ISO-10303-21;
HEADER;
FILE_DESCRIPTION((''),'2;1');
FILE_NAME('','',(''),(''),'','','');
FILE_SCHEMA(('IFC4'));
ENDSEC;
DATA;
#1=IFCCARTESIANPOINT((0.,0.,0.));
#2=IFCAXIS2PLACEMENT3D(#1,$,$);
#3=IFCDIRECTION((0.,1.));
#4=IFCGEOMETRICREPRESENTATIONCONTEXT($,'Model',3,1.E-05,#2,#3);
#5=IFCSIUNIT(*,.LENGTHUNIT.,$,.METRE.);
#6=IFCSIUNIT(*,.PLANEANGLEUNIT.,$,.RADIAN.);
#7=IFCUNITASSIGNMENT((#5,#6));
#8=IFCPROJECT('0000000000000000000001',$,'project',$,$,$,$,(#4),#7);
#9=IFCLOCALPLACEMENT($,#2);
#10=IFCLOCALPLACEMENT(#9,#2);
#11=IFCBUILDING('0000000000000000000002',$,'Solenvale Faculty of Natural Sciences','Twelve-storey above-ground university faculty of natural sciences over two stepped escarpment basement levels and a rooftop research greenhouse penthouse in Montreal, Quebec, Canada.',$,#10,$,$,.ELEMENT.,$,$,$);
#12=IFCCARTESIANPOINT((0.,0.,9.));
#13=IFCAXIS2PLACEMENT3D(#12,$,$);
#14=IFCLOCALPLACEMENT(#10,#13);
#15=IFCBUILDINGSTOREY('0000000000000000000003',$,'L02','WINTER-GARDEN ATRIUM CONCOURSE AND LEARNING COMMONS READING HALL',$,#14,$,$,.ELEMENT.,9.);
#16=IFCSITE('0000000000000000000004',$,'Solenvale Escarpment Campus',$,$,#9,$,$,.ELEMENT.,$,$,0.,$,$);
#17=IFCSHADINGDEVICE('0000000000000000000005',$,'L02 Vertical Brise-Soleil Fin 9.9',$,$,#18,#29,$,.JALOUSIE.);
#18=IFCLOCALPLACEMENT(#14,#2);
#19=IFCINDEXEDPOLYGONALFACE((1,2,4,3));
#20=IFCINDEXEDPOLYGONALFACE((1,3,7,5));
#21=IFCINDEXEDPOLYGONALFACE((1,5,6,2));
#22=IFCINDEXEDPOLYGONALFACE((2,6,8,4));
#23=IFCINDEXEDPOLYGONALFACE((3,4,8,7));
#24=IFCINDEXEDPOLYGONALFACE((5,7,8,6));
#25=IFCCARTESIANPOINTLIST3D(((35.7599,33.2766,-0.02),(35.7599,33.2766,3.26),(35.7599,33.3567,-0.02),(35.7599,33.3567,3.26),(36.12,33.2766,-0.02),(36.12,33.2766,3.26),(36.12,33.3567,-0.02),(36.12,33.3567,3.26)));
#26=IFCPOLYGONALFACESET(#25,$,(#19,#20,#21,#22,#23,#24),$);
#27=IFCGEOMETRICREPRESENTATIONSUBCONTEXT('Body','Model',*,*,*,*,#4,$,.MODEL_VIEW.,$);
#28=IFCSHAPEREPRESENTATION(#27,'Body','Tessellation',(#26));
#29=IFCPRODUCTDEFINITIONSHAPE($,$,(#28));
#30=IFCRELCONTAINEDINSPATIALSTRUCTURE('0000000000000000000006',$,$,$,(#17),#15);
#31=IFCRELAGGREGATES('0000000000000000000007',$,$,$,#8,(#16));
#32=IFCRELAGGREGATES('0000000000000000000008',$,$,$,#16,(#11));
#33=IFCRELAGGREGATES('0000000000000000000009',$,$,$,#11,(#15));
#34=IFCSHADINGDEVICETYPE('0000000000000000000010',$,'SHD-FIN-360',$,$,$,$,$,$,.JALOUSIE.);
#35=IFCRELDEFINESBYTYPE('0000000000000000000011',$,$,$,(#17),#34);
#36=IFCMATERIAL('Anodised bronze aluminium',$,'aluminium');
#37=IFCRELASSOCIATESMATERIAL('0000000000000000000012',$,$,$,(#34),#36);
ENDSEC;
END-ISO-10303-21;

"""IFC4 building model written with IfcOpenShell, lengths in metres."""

from ifc_helpers import new_model, si_unit, direction, frame, origin, origin_2d, place, context, subcontext, project, spatial, rectangle, extrude, material, material_profile, profile_set, type_object, element, save


model = new_model("IFC4")

# Units and contexts
model_context = context("Model", 3, precision=1e-05, world=origin(), true_north=direction((0.0, 1.0)))
body_context = subcontext(model_context, "Body", "Model", "MODEL_VIEW")
ifc_project = project(units=[si_unit("LENGTHUNIT", "METRE"), si_unit("PLANEANGLEUNIT", "RADIAN")], contexts=[model_context])

# Site, building, storey
site_placement = place(None, origin())
site = spatial("IfcSite", under=ifc_project, at=site_placement, Name="Solenvale Escarpment Campus", CompositionType="ELEMENT", RefElevation=0.0)
building_placement = place(site_placement, origin())
building = spatial("IfcBuilding", under=site, at=building_placement, Name="Solenvale Faculty of Natural Sciences", Description="Twelve-storey above-ground university faculty of natural sciences over two stepped escarpment basement levels and a rooftop research greenhouse penthouse in Montreal, Quebec, Canada.", CompositionType="ELEMENT")
storey_placement = place(building_placement, frame((0.0, 0.0, 9.0)))
storey = spatial("IfcBuildingStorey", under=building, at=storey_placement, Name="L02", Description="WINTER-GARDEN ATRIUM CONCOURSE AND LEARNING COMMONS READING HALL", CompositionType="ELEMENT", Elevation=9.0)

# Shared definitions
ifc_material_1 = material(Name="Anodised bronze aluminium", Category="aluminium")

# Shading device
ifc_material_profile_1 = material_profile(ifc_material_1, rectangle(XDim=0.0801, YDim=0.3601, at=origin_2d()), Name="ALU-FIN-80x360")
ifc_profile_set_1 = profile_set([ifc_material_profile_1], Name="Anodised bronze aluminium")
shading_device_type = type_object("IfcShadingDeviceType", Name="SHD-FIN-360", PredefinedType="JALOUSIE", material=ifc_profile_set_1)
shading_device_placement = place(storey_placement, frame((35.9399, 33.3167, -0.02), z_axis=(0.0, 0.0, 1.0), x_axis=(0.0, 1.0, 0.0)))
element("IfcShadingDevice", 1, at=shading_device_placement, inside=storey, type_object=shading_device_type, Name="L02 Vertical Brise-Soleil Fin 9.9", PredefinedType="JALOUSIE", context=body_context, shape_type="SweptSolid", body=[
    extrude(rectangle(XDim=0.0801, YDim=0.3601, at=origin_2d()), origin(), (0.0, 0.0, 1.0), 3.28),
])

save(model, "model.ifc")
